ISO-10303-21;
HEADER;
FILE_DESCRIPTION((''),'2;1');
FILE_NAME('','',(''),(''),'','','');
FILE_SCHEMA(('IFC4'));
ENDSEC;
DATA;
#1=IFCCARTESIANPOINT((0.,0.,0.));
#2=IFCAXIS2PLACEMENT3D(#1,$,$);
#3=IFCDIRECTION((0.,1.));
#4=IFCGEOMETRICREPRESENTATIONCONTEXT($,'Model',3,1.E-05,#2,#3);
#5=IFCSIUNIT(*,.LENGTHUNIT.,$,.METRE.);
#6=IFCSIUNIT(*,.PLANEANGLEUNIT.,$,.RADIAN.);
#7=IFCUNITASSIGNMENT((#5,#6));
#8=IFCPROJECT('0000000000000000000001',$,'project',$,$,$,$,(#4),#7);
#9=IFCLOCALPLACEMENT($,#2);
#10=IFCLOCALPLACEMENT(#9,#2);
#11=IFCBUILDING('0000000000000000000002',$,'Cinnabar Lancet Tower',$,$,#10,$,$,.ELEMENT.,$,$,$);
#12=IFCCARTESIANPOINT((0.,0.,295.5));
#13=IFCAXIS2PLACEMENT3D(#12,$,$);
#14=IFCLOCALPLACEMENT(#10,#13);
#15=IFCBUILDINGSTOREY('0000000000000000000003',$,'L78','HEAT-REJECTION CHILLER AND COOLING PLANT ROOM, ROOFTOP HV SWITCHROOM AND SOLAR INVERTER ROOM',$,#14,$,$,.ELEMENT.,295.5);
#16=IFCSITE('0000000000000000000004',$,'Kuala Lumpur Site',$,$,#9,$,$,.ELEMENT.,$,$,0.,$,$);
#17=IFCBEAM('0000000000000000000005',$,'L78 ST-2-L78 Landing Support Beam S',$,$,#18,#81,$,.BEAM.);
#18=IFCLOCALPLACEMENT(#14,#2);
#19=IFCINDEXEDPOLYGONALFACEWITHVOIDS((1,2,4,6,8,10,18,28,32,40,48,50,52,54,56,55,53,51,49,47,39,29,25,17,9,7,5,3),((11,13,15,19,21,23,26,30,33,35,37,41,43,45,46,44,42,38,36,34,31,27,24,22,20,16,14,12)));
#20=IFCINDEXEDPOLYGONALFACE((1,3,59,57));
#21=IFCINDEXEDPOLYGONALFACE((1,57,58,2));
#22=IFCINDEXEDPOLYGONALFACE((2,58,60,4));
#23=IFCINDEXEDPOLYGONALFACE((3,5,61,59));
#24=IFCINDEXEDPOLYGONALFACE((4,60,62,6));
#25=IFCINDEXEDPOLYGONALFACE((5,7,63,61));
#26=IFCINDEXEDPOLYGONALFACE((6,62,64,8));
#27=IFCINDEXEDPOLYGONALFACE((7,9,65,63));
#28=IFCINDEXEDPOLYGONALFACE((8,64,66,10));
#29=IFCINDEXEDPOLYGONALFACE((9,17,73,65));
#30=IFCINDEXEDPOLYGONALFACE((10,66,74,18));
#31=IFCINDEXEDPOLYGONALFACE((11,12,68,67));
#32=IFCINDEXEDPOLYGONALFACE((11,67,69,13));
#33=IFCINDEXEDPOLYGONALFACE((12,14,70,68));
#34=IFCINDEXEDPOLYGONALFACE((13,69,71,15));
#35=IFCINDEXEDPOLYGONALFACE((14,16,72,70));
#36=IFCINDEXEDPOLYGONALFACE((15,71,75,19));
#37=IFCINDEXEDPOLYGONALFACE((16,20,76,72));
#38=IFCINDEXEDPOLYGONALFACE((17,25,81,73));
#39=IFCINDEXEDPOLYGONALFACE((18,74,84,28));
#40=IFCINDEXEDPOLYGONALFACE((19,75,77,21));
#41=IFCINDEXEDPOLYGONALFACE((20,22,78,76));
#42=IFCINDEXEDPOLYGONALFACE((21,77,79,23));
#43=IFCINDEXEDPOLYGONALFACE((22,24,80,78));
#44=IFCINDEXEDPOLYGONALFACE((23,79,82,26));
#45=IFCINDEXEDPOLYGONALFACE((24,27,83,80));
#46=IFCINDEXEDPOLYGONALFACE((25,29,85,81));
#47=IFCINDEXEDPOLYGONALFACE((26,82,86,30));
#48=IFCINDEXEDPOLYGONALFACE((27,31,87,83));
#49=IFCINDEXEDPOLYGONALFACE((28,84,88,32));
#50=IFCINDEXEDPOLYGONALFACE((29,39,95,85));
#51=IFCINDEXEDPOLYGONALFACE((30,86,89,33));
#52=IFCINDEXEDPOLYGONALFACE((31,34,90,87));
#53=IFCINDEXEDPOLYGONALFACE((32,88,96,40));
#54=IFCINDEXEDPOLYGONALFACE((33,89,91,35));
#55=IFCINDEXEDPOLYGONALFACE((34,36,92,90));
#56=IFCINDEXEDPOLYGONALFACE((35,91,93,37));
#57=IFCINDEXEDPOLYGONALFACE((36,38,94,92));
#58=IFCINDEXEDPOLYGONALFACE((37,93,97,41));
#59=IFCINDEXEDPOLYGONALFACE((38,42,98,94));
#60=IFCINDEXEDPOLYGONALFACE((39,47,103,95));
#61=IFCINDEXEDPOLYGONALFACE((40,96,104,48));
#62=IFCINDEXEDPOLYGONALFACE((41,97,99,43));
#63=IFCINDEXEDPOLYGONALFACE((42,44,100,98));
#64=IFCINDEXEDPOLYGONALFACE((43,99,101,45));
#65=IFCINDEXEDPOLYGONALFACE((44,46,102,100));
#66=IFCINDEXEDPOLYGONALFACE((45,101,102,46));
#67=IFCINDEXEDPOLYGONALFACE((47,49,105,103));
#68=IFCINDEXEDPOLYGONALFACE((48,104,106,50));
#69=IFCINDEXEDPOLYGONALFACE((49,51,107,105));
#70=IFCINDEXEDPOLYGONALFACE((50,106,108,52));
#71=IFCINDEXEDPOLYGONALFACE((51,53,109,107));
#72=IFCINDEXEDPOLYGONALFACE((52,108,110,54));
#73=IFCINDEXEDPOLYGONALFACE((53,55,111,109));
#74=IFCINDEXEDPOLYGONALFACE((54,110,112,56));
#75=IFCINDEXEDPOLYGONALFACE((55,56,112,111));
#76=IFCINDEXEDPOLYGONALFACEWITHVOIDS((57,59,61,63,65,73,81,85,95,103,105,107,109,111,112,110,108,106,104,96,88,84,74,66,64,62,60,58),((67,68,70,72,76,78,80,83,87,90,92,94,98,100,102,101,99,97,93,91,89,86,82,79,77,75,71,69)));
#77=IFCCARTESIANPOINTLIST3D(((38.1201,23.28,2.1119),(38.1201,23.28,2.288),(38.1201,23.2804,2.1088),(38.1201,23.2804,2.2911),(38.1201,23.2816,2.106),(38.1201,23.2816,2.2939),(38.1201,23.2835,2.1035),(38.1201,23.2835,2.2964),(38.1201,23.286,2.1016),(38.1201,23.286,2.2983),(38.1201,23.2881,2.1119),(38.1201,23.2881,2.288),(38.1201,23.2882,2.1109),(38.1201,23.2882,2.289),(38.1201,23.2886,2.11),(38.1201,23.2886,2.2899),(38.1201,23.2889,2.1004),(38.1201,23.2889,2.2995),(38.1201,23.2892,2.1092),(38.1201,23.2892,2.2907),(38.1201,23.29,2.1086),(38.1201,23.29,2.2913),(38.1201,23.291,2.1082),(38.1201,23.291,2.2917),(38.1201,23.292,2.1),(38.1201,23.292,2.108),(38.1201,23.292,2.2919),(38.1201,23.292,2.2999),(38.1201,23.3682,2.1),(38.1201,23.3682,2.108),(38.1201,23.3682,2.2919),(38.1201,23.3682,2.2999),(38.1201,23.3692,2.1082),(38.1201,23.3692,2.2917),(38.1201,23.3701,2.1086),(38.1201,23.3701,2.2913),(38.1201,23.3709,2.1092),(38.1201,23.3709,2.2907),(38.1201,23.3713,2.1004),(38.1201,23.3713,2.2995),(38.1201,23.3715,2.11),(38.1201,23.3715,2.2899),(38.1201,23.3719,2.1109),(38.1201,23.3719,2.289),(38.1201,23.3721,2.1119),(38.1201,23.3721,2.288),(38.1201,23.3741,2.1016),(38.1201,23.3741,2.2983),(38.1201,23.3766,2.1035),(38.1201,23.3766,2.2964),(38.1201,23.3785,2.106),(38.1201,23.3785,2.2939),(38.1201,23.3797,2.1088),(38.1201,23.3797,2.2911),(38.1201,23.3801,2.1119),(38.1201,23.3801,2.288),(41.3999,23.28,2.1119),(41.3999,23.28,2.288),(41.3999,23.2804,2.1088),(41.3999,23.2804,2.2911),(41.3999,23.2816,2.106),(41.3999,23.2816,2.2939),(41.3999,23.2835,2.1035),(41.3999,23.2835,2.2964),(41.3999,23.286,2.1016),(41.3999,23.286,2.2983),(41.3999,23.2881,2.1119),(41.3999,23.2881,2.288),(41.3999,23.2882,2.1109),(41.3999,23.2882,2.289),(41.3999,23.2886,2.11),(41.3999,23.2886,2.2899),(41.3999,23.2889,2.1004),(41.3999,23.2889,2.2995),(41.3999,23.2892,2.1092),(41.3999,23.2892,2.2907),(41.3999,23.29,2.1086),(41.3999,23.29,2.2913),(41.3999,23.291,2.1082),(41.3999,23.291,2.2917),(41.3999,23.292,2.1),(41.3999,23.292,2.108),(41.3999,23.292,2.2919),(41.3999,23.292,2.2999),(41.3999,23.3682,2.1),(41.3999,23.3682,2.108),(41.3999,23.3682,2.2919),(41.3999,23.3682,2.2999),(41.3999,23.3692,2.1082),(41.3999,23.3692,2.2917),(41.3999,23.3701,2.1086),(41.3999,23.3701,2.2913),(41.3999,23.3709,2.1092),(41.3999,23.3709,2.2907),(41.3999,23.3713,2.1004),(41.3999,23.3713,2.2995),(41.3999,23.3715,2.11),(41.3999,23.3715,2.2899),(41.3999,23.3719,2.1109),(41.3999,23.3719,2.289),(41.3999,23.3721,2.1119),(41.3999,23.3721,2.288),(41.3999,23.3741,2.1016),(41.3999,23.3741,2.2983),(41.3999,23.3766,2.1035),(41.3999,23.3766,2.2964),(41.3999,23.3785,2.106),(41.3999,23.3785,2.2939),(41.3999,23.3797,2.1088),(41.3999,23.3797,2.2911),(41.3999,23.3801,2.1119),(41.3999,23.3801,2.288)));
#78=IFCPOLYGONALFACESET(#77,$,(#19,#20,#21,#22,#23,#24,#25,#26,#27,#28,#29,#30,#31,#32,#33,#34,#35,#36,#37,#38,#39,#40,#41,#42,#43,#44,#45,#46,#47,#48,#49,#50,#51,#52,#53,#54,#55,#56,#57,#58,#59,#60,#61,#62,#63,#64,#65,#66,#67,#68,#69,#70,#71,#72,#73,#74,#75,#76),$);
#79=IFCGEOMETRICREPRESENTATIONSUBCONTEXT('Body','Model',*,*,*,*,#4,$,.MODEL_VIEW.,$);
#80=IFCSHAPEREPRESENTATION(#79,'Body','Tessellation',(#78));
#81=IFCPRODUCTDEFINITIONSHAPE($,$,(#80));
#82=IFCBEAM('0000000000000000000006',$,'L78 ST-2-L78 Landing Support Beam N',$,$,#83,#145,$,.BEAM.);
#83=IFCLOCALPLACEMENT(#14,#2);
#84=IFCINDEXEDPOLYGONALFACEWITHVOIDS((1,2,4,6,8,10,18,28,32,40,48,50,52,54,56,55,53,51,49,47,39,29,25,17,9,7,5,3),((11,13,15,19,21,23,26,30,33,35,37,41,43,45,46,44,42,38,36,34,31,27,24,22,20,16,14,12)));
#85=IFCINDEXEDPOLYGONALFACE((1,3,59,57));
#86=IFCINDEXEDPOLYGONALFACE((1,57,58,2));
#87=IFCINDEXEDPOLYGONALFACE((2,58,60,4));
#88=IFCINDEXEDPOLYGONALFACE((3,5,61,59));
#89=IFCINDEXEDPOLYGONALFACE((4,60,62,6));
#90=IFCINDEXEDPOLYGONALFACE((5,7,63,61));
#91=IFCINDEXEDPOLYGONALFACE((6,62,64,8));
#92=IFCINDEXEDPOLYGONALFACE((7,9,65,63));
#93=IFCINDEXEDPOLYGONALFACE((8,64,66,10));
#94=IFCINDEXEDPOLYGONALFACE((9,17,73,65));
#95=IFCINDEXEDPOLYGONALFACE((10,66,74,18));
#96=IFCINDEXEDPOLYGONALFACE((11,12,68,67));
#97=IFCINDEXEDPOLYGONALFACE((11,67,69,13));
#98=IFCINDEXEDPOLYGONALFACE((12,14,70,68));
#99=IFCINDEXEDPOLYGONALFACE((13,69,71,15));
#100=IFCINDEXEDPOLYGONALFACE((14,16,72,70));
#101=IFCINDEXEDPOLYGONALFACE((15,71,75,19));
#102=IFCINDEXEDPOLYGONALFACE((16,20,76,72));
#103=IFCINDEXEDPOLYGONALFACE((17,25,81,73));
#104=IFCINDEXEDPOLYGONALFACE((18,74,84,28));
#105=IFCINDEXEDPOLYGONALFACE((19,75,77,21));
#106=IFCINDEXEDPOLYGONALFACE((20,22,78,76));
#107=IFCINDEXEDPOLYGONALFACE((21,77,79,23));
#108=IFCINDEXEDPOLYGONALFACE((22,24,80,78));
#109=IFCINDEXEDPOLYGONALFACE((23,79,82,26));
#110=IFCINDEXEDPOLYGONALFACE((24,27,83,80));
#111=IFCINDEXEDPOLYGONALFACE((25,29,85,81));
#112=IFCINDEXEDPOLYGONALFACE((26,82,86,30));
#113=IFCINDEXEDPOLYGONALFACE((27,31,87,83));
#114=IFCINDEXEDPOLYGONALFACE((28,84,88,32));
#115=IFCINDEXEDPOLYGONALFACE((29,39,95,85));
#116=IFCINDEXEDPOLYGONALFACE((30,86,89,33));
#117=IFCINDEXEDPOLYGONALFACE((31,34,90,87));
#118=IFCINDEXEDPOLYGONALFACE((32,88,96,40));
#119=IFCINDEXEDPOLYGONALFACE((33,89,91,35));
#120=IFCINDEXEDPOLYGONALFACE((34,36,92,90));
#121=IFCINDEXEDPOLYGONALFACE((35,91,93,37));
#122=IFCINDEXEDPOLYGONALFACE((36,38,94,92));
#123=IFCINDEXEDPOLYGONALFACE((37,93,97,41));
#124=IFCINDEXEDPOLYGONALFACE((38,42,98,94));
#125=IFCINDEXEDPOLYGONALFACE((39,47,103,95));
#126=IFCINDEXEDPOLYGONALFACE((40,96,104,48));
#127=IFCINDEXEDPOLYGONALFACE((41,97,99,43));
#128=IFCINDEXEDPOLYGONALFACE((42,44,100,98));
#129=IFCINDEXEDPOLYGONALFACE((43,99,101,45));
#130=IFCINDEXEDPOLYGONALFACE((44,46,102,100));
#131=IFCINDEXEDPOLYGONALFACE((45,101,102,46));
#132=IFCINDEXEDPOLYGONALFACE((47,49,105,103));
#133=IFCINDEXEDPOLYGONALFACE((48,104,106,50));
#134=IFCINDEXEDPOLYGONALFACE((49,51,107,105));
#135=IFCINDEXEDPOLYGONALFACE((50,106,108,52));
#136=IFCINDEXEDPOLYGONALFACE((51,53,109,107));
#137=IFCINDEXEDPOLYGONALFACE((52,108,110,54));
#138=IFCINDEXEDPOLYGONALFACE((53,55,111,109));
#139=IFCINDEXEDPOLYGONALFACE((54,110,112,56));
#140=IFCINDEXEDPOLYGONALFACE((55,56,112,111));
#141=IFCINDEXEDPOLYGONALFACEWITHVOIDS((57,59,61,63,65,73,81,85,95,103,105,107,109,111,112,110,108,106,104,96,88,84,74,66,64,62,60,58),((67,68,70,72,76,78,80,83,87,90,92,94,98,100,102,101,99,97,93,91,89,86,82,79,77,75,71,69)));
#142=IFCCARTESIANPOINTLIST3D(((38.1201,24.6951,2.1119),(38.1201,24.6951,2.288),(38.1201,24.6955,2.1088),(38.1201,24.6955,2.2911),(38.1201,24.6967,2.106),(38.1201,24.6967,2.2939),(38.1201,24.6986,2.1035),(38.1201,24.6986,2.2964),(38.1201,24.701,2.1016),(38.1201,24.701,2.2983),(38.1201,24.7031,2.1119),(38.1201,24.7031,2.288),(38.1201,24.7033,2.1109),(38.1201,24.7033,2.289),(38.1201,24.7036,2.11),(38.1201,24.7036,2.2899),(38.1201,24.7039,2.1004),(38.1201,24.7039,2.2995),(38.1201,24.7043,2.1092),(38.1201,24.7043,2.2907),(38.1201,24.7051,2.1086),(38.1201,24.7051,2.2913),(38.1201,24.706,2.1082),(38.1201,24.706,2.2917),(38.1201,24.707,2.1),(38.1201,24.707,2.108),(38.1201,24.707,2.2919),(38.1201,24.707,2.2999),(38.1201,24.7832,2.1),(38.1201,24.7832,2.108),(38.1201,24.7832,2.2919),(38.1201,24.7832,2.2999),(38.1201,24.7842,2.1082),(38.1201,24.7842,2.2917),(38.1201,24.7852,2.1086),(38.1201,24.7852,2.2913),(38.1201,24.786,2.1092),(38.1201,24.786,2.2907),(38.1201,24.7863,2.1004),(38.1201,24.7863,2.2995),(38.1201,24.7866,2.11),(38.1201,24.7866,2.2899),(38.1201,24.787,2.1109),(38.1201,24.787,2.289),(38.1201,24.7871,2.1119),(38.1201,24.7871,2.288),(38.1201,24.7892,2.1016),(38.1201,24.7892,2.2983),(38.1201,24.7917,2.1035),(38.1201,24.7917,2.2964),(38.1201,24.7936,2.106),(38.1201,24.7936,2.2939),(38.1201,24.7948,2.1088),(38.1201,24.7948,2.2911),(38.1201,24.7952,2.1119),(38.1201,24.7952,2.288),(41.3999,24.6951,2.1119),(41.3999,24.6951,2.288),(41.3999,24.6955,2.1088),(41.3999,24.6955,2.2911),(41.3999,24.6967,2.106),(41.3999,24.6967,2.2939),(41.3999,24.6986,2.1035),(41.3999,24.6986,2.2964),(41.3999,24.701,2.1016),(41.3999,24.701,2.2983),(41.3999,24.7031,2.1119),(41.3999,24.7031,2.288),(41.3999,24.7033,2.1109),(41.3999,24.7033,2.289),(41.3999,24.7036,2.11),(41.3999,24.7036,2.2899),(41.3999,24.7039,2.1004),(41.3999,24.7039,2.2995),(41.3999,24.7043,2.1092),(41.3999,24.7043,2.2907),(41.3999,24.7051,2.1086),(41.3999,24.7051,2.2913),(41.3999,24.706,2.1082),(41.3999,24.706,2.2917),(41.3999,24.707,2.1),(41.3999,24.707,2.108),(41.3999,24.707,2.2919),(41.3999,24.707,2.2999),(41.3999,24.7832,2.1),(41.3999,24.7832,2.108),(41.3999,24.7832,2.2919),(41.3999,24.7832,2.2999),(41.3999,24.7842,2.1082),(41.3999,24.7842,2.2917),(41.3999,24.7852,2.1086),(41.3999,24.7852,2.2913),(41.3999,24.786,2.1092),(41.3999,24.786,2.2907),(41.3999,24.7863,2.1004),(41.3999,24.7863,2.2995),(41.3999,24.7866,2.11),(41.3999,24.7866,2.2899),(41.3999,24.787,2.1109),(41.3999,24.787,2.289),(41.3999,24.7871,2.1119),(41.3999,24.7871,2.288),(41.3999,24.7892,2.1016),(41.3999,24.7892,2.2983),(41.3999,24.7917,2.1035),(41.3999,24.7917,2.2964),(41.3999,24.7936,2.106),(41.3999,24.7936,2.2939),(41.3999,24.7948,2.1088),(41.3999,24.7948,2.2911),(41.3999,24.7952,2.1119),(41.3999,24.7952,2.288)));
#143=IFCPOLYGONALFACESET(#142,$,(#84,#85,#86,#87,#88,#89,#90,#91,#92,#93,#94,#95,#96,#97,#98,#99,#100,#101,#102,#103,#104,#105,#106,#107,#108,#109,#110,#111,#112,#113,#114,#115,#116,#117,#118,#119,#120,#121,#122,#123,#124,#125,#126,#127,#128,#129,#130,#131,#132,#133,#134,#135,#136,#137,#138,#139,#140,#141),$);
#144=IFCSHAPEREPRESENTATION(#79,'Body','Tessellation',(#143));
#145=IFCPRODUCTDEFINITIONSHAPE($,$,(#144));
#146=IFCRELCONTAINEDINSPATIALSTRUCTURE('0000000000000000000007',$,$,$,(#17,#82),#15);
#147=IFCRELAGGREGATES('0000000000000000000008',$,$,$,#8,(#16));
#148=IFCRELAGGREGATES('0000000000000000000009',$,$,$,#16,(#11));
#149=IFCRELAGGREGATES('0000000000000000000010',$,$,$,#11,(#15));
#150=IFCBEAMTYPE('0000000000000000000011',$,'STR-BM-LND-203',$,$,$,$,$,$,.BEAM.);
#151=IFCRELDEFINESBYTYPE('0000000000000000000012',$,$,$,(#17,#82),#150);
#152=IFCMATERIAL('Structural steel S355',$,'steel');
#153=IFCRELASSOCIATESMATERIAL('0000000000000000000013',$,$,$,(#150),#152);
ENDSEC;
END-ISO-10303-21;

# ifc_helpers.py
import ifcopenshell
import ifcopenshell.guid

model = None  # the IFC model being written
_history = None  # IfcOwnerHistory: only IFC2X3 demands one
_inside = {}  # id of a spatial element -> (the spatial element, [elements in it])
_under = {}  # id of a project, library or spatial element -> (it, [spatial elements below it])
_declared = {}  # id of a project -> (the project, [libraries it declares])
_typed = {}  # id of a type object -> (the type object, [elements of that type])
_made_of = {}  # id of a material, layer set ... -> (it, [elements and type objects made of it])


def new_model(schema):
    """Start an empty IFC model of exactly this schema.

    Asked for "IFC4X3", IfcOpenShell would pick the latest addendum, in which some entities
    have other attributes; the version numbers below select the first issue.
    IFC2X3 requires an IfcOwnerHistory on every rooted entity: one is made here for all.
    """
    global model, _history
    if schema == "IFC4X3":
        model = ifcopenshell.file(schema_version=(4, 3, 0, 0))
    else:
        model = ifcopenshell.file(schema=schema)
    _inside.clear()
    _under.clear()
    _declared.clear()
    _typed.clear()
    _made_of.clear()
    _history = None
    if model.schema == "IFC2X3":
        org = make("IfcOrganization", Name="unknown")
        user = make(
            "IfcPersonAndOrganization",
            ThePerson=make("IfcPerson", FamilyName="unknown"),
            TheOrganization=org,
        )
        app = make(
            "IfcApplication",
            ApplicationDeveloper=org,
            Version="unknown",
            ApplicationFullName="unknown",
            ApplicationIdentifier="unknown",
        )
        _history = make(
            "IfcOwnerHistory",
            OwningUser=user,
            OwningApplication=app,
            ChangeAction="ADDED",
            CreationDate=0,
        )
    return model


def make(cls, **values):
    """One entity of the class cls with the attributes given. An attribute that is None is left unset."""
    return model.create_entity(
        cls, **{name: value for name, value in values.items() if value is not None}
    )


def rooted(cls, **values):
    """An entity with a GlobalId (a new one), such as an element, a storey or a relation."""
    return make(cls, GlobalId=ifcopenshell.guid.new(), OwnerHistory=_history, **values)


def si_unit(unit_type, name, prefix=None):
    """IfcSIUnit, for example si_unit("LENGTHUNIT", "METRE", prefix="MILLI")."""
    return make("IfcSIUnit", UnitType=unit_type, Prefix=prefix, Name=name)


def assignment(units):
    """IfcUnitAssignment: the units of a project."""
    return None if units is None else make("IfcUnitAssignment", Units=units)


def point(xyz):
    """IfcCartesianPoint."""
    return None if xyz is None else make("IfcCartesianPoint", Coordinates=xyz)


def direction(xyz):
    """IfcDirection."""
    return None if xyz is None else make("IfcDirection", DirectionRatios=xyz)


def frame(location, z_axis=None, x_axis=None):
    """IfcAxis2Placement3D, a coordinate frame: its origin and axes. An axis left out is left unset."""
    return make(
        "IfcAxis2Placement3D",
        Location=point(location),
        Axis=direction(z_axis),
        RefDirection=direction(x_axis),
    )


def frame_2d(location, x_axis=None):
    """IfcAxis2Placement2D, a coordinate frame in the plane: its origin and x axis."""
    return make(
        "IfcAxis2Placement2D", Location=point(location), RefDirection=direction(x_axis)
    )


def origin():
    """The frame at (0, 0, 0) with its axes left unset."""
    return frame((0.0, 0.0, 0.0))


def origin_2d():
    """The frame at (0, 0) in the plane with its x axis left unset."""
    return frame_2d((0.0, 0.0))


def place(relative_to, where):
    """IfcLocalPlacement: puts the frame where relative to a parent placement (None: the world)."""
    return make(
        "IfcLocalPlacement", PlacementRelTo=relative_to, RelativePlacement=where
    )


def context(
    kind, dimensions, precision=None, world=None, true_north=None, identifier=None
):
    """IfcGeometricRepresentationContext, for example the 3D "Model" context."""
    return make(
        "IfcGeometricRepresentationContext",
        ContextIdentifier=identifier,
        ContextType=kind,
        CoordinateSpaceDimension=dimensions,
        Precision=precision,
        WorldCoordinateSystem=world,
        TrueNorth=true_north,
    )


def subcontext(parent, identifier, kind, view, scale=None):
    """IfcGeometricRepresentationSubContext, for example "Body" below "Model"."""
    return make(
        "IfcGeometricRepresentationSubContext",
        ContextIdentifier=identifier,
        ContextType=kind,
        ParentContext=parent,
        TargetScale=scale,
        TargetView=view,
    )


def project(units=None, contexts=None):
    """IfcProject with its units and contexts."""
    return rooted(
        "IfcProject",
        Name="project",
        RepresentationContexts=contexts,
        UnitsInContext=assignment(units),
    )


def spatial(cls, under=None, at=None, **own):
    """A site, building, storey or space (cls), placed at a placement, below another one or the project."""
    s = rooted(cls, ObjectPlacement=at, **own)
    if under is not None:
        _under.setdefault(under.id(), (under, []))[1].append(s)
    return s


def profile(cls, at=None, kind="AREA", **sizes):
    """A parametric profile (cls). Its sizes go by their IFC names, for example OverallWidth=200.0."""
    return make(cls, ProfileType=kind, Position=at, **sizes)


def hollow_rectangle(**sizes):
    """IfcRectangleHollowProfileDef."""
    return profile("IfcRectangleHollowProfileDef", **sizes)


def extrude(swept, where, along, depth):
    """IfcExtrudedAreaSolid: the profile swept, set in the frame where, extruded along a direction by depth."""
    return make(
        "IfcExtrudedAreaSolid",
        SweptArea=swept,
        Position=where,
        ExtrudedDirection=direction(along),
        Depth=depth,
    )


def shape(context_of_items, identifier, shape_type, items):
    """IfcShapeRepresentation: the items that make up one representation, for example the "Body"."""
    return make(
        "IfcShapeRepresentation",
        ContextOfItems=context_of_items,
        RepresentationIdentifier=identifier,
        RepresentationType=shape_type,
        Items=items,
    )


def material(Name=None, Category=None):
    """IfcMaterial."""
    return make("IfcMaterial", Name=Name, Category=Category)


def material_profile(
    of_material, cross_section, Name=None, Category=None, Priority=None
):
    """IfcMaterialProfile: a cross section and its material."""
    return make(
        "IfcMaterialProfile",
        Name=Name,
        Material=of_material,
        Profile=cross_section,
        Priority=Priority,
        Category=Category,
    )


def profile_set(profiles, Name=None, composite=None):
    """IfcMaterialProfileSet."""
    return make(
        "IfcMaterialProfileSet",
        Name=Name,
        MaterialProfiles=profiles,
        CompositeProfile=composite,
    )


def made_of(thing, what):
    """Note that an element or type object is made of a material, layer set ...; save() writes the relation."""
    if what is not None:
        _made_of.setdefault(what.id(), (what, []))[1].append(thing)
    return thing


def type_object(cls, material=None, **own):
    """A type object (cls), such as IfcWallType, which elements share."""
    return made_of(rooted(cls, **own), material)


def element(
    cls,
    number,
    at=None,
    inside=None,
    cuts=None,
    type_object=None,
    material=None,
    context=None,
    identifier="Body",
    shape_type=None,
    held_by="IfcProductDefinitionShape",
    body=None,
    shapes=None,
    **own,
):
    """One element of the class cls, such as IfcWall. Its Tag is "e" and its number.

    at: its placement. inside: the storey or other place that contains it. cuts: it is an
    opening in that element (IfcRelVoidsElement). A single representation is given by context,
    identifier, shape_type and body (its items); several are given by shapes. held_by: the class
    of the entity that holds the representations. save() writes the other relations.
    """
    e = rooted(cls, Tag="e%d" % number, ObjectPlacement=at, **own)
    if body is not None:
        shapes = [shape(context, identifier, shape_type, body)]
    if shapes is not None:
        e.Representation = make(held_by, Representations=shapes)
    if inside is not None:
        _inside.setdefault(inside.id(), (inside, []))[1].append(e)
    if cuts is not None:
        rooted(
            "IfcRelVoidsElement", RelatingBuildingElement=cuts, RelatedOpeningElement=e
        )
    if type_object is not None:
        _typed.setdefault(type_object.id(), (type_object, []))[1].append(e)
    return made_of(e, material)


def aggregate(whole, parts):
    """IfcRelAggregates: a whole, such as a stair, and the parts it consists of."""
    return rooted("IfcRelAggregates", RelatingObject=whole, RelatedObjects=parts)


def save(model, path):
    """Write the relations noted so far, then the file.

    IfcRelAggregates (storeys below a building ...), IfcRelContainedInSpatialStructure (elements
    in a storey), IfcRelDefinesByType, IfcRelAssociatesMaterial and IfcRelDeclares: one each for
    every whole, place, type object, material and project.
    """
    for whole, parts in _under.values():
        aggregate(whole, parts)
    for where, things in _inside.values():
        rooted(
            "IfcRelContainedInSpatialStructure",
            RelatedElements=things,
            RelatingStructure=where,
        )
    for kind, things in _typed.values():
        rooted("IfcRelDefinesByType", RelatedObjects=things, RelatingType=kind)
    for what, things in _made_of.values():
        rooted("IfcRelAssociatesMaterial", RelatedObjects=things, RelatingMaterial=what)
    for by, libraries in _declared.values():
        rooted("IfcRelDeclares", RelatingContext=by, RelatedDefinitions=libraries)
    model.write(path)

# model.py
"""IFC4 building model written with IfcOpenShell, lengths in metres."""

from ifc_helpers import new_model, si_unit, direction, frame, origin, origin_2d, place, context, subcontext, project, spatial, hollow_rectangle, extrude, material, material_profile, profile_set, type_object, element, save


model = new_model("IFC4")

# Units and contexts
model_context = context("Model", 3, precision=1e-05, world=origin(), true_north=direction((0.0, 1.0)))
body_context = subcontext(model_context, "Body", "Model", "MODEL_VIEW")
ifc_project = project(units=[si_unit("LENGTHUNIT", "METRE"), si_unit("PLANEANGLEUNIT", "RADIAN")], contexts=[model_context])

# Site, building, storey
site_placement = place(None, origin())
site = spatial("IfcSite", under=ifc_project, at=site_placement, Name="Kuala Lumpur Site", CompositionType="ELEMENT", RefElevation=0.0)
building_placement = place(site_placement, origin())
building = spatial("IfcBuilding", under=site, at=building_placement, Name="Cinnabar Lancet Tower", CompositionType="ELEMENT")
storey_placement = place(building_placement, frame((0.0, 0.0, 295.5)))
storey = spatial("IfcBuildingStorey", under=building, at=storey_placement, Name="L78", Description="HEAT-REJECTION CHILLER AND COOLING PLANT ROOM, ROOFTOP HV SWITCHROOM AND SOLAR INVERTER ROOM", CompositionType="ELEMENT", Elevation=295.5)

# Beams
ifc_material_1 = material(Name="Structural steel S355", Category="steel")
ifc_material_profile_1 = material_profile(ifc_material_1, hollow_rectangle(XDim=0.1001, YDim=0.2, WallThickness=0.0081, InnerFilletRadius=0.0039, OuterFilletRadius=0.012, at=origin_2d()), Name="RHS 200x100x8")
ifc_profile_set_1 = profile_set([ifc_material_profile_1], Name="Structural steel S355")
beam_type_1 = type_object("IfcBeamType", Name="STR-BM-LND-203", PredefinedType="BEAM", material=ifc_profile_set_1)
for number, where, z_axis, x_axis, name in (
    (1, (38.1201, 23.3301, 2.2), (1.0, 0.0, 0.0), (0.0, 1.0, 0.0), "L78 ST-2-L78 Landing Support Beam S"),
    (2, (38.1201, 24.7451, 2.2), (1.0, 0.0, 0.0), (0.0, 1.0, 0.0), "L78 ST-2-L78 Landing Support Beam N"),
):
    element("IfcBeam", number, at=place(storey_placement, frame(where, z_axis=z_axis, x_axis=x_axis)), inside=storey, type_object=beam_type_1, Name=name, PredefinedType="BEAM", context=body_context, shape_type="SweptSolid", body=[
        extrude(hollow_rectangle(XDim=0.1001, YDim=0.2, WallThickness=0.0081, InnerFilletRadius=0.0039, OuterFilletRadius=0.012, at=origin_2d()), origin(), (0.0, 0.0, 1.0), 3.2798),
    ])

save(model, "model.ifc")
